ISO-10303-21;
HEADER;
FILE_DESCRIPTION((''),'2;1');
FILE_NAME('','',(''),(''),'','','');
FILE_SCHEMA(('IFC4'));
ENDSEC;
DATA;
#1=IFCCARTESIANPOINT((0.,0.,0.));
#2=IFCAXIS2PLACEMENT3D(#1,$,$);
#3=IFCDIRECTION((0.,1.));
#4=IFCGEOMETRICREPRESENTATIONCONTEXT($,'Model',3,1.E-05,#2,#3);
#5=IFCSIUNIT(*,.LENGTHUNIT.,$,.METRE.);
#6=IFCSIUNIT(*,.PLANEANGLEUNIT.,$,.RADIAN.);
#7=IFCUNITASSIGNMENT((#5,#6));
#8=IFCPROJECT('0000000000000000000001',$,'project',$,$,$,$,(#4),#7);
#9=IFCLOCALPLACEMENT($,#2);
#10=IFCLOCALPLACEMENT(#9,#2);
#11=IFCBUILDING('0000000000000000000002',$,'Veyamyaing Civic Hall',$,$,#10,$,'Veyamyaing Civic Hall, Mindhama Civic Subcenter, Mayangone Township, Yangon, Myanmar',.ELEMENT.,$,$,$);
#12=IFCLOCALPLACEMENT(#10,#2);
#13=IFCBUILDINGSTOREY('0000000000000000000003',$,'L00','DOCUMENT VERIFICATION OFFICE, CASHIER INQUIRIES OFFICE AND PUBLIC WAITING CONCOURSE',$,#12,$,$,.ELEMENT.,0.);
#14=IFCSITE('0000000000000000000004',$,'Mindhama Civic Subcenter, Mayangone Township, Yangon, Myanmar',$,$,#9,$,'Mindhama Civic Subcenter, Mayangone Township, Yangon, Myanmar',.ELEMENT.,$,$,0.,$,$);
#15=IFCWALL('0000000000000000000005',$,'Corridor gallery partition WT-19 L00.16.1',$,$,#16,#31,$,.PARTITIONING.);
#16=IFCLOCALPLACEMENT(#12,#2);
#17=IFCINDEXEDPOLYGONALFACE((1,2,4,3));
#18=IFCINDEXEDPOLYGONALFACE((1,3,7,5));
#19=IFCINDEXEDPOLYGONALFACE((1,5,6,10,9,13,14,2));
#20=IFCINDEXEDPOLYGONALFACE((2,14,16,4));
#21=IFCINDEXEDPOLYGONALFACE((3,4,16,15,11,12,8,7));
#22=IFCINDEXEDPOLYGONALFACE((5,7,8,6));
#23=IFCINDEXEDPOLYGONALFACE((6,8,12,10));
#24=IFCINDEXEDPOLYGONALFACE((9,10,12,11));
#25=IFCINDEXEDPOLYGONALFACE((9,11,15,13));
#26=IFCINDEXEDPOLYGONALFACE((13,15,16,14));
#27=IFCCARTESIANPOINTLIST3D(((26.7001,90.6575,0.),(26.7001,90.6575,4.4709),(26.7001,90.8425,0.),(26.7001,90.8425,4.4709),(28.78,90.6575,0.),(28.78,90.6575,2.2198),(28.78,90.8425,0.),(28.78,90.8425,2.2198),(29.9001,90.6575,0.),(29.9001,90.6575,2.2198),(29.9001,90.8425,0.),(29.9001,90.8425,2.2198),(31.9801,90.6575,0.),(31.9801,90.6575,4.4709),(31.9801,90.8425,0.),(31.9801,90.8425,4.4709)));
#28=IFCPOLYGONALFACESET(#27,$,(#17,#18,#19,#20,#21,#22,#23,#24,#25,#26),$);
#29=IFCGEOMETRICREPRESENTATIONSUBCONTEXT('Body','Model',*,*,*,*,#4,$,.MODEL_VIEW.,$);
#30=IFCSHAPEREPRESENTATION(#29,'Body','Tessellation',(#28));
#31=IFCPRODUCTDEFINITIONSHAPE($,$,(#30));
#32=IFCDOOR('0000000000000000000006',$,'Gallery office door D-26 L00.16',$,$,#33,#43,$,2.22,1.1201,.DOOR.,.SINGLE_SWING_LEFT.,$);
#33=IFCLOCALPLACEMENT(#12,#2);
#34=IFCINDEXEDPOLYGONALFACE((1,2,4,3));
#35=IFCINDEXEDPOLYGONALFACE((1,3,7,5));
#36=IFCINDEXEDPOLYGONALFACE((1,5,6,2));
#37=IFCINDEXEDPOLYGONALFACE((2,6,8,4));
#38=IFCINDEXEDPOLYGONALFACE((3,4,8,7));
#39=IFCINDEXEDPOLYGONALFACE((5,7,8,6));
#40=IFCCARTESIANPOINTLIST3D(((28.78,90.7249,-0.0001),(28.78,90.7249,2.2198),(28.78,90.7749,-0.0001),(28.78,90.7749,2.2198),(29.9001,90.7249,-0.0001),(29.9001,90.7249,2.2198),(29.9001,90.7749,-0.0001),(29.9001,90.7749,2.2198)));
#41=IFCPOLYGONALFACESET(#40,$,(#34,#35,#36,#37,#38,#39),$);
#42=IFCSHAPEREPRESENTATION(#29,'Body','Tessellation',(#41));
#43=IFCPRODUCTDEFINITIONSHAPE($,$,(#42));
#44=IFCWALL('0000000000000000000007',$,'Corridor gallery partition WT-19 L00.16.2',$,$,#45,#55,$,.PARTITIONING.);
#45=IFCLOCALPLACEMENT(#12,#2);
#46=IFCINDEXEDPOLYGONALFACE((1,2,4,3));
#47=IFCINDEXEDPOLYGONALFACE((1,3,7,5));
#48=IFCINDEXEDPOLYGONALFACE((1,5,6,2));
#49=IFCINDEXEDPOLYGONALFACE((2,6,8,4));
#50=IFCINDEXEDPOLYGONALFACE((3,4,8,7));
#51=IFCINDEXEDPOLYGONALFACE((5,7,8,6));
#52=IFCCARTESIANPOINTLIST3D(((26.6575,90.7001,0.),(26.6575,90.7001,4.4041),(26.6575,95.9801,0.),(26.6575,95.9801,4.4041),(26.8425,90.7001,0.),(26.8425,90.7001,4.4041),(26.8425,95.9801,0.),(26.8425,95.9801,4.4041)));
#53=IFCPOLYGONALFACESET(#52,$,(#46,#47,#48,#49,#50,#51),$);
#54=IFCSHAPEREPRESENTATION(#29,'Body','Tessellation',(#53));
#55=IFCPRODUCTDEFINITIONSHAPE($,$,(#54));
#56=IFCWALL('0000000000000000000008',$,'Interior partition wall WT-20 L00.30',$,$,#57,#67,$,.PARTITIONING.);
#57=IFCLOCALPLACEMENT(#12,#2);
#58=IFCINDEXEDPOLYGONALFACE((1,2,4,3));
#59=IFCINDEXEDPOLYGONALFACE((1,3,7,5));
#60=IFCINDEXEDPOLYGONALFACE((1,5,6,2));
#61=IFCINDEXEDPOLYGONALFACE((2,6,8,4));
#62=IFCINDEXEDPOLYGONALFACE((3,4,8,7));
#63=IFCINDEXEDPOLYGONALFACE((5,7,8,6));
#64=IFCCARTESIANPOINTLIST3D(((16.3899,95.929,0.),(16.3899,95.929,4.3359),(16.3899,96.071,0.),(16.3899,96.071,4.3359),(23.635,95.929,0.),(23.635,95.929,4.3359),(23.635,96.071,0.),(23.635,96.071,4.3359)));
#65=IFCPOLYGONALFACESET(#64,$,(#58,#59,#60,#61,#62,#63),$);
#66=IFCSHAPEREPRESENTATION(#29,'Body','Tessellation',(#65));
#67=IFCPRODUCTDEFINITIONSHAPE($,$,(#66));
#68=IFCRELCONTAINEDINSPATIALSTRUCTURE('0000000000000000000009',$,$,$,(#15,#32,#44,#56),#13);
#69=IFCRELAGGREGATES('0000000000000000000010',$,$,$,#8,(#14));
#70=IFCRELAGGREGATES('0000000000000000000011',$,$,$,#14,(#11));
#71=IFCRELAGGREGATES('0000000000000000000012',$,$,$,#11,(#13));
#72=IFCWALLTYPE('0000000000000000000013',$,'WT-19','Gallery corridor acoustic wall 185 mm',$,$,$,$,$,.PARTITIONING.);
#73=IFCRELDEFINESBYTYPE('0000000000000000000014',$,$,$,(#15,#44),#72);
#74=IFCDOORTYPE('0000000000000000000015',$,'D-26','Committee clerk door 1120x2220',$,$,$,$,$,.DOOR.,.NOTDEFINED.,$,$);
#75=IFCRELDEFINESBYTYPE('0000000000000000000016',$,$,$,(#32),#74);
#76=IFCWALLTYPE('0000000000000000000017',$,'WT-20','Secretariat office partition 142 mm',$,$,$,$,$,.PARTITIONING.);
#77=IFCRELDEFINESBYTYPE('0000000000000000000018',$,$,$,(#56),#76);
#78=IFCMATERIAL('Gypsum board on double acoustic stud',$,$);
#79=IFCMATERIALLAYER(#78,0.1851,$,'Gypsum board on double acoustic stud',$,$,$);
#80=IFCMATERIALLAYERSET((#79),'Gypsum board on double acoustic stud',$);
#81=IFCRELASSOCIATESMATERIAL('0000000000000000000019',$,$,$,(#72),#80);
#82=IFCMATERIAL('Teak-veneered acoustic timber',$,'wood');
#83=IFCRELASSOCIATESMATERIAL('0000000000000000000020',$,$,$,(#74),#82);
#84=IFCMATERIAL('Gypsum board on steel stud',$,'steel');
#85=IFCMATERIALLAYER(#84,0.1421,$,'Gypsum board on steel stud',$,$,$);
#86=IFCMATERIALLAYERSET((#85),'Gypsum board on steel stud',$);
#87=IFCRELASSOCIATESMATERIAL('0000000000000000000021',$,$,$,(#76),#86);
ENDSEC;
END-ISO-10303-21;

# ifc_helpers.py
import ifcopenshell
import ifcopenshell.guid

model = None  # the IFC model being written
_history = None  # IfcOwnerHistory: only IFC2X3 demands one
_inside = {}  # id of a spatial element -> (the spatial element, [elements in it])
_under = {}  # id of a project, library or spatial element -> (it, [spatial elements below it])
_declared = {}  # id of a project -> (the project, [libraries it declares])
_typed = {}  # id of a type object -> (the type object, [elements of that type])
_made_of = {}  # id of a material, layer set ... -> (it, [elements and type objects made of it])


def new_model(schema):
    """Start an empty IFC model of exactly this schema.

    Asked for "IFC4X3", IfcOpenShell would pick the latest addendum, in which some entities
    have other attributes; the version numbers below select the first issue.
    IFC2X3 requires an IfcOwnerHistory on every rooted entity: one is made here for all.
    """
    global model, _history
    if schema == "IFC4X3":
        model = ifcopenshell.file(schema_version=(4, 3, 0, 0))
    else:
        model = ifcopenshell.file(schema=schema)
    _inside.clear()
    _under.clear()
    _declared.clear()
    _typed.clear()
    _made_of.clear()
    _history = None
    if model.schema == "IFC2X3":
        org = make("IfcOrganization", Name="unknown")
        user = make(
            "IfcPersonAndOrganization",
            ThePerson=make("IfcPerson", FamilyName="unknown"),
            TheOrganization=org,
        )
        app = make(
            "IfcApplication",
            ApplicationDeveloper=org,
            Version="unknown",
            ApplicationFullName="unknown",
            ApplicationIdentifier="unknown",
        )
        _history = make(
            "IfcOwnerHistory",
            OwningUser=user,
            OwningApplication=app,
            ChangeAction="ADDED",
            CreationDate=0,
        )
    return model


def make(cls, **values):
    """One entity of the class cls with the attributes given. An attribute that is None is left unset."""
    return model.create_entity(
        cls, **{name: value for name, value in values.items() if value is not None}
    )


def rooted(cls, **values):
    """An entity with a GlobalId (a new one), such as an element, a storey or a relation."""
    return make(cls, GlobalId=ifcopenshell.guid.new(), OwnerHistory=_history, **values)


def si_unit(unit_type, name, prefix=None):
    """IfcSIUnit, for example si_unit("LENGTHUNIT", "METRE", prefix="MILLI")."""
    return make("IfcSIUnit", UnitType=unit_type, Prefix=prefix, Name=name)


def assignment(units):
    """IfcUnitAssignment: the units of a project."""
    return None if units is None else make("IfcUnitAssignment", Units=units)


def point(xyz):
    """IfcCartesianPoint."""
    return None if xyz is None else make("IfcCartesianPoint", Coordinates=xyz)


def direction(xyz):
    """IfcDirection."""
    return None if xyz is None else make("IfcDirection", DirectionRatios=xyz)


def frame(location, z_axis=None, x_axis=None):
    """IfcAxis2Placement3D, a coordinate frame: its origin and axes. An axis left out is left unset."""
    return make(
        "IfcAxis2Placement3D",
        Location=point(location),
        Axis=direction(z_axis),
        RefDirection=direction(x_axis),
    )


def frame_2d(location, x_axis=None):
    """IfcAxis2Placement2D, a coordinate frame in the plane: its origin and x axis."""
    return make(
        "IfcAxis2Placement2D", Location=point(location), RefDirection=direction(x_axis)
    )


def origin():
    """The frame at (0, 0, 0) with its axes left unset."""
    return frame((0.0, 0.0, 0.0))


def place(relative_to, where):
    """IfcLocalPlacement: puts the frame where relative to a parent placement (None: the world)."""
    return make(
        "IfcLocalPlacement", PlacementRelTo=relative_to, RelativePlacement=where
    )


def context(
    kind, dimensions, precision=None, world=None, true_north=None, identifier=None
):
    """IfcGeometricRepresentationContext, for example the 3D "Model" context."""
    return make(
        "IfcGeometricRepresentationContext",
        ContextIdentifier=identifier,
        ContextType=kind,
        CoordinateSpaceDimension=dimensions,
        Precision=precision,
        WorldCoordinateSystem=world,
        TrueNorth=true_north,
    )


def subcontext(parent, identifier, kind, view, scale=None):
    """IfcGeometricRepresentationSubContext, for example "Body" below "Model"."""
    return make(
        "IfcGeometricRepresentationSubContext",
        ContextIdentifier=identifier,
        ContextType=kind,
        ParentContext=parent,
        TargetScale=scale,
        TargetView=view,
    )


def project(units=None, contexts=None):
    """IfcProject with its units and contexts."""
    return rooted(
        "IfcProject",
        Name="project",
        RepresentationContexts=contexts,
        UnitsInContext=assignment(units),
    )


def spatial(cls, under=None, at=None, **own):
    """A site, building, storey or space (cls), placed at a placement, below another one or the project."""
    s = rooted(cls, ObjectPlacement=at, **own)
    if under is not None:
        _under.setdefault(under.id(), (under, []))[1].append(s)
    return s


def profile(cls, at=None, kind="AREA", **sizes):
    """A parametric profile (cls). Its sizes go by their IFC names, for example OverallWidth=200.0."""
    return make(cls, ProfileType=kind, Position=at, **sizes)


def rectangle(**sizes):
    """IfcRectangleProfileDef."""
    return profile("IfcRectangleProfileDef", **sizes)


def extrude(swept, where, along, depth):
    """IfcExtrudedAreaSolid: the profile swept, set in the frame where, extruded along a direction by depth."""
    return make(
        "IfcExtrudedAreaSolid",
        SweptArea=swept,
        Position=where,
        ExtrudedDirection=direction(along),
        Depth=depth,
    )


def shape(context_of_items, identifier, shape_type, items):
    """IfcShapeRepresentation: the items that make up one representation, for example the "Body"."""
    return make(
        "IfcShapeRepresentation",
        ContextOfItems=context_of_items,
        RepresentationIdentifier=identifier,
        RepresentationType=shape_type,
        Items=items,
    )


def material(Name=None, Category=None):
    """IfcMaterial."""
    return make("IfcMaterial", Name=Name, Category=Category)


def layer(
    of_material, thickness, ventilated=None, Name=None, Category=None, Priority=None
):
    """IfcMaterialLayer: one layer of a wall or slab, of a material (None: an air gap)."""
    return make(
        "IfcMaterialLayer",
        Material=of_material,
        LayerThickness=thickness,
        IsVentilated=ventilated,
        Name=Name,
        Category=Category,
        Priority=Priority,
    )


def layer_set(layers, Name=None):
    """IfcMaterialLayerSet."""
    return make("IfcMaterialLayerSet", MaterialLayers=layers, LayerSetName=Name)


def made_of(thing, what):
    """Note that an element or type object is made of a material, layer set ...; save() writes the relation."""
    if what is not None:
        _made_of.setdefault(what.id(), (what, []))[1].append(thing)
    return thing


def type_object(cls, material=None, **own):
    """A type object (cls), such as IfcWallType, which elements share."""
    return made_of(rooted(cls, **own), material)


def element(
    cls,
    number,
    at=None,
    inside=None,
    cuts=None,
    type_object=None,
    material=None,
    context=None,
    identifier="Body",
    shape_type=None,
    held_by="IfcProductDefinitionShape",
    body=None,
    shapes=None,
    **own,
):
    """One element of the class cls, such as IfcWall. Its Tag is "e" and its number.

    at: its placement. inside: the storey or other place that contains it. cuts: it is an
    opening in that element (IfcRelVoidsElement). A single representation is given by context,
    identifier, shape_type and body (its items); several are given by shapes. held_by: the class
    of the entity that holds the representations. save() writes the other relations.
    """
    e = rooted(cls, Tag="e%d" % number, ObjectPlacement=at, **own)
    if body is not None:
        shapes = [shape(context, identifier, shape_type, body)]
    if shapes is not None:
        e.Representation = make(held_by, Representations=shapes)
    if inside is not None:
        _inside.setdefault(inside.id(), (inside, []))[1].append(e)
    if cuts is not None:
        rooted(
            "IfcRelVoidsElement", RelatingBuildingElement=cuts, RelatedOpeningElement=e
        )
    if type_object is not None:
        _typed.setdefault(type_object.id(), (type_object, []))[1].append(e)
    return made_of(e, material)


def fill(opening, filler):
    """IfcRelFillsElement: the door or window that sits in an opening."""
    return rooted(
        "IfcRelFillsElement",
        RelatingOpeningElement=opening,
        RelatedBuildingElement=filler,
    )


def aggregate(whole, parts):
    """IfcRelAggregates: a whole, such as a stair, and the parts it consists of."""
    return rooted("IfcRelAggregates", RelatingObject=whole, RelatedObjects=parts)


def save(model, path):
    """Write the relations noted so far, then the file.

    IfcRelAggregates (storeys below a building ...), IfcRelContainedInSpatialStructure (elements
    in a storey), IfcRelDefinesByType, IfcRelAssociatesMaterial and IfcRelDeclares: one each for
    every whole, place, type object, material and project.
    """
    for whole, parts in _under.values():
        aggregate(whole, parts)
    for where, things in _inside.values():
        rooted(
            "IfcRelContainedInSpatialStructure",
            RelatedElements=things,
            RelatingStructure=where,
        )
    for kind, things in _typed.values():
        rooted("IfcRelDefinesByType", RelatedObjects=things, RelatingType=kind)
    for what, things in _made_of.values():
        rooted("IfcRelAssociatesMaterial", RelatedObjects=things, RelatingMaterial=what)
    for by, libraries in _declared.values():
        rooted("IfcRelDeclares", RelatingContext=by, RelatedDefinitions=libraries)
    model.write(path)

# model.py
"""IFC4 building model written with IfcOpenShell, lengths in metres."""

from ifc_helpers import new_model, si_unit, direction, frame, frame_2d, origin, place, context, subcontext, project, spatial, rectangle, extrude, material, layer, layer_set, type_object, element, fill, save


model = new_model("IFC4")

# Units and contexts
model_context = context("Model", 3, precision=1e-05, world=origin(), true_north=direction((0.0, 1.0)))
body_context = subcontext(model_context, "Body", "Model", "MODEL_VIEW")
ifc_project = project(units=[si_unit("LENGTHUNIT", "METRE"), si_unit("PLANEANGLEUNIT", "RADIAN")], contexts=[model_context])

# Site, building, storey
site_placement = place(None, origin())
site = spatial("IfcSite", under=ifc_project, at=site_placement, Name="Mindhama Civic Subcenter, Mayangone Township, Yangon, Myanmar", LongName="Mindhama Civic Subcenter, Mayangone Township, Yangon, Myanmar", CompositionType="ELEMENT", RefElevation=0.0)
building_placement = place(site_placement, origin())
building = spatial("IfcBuilding", under=site, at=building_placement, Name="Veyamyaing Civic Hall", LongName="Veyamyaing Civic Hall, Mindhama Civic Subcenter, Mayangone Township, Yangon, Myanmar", CompositionType="ELEMENT")
storey_placement = place(building_placement, origin())
storey = spatial("IfcBuildingStorey", under=building, at=storey_placement, Name="L00", Description="DOCUMENT VERIFICATION OFFICE, CASHIER INQUIRIES OFFICE AND PUBLIC WAITING CONCOURSE", CompositionType="ELEMENT", Elevation=0.0)

# Shared definitions
ifc_material_1 = material(Name="Teak-veneered acoustic timber", Category="wood")

# Shared definitions
ifc_material_2 = material(Name="Gypsum board on steel stud", Category="steel")

# Wall, opening, door
ifc_material_3 = material(Name="Gypsum board on double acoustic stud")
ifc_layer_1 = layer(ifc_material_3, 0.1851, Name="Gypsum board on double acoustic stud")
ifc_layer_set_1 = layer_set([ifc_layer_1], Name="Gypsum board on double acoustic stud")
wall_type_1 = type_object("IfcWallType", Name="WT-19", Description="Gallery corridor acoustic wall 185 mm", PredefinedType="PARTITIONING", material=ifc_layer_set_1)
wall_1_placement = place(storey_placement, frame((26.7, 90.75, 0.0), z_axis=(0.0, 0.0, 1.0), x_axis=(1.0, 0.0, 0.0)))
wall_1 = element("IfcWall", 1, at=wall_1_placement, inside=storey, type_object=wall_type_1, Name="Corridor gallery partition WT-19 L00.16.1", PredefinedType="PARTITIONING", context=body_context, shape_type="SweptSolid", body=[
    extrude(rectangle(XDim=5.28, YDim=0.1851, at=frame_2d((2.6401, 0.0))), origin(), (0.0, 0.0, 1.0), 4.4709),
])
opening_1_placement = place(wall_1_placement, frame((2.0801, 0.0, 0.0)))
opening_1 = element("IfcOpeningElement", 2, at=opening_1_placement, cuts=wall_1, PredefinedType="OPENING", context=body_context, shape_type="SweptSolid", body=[
    extrude(rectangle(XDim=1.1201, YDim=2.22, at=frame_2d((0.5601, 1.1099))), frame((0.0, 0.1025, 0.0), z_axis=(0.0, -1.0, 0.0), x_axis=(1.0, 0.0, 0.0)), (0.0, 0.0, 1.0), 0.2051),
])
door_type_1 = type_object("IfcDoorType", Name="D-26", Description="Committee clerk door 1120x2220", OperationType="NOTDEFINED", PredefinedType="DOOR", material=ifc_material_1)
door_1_placement = place(opening_1_placement, origin())
door_1 = element("IfcDoor", 3, at=door_1_placement, inside=storey, type_object=door_type_1, Name="Gallery office door D-26 L00.16", OperationType="SINGLE_SWING_LEFT", OverallHeight=2.22, OverallWidth=1.1201, PredefinedType="DOOR", context=body_context, shape_type="SweptSolid", body=[
    extrude(rectangle(XDim=1.1201, YDim=2.22, at=frame_2d((0.5601, 1.1099))), frame((0.0, 0.0249, 0.0), z_axis=(0.0, -1.0, 0.0), x_axis=(1.0, 0.0, 0.0)), (0.0, 0.0, 1.0), 0.05),
])
fill(opening_1, door_1)

# Walls
wall_2_placement = place(storey_placement, frame((26.75, 90.7, 0.0), z_axis=(0.0, 0.0, 1.0), x_axis=(0.0, 1.0, 0.0)))
element("IfcWall", 4, at=wall_2_placement, inside=storey, type_object=wall_type_1, Name="Corridor gallery partition WT-19 L00.16.2", PredefinedType="PARTITIONING", context=body_context, shape_type="SweptSolid", body=[
    extrude(rectangle(XDim=5.28, YDim=0.1851, at=frame_2d((2.6401, 0.0))), origin(), (0.0, 0.0, 1.0), 4.4041),
])
ifc_layer_2 = layer(ifc_material_2, 0.1421, Name="Gypsum board on steel stud")
ifc_layer_set_2 = layer_set([ifc_layer_2], Name="Gypsum board on steel stud")
wall_type_2 = type_object("IfcWallType", Name="WT-20", Description="Secretariat office partition 142 mm", PredefinedType="PARTITIONING", material=ifc_layer_set_2)
wall_3_placement = place(storey_placement, frame((16.3899, 96.0, 0.0), z_axis=(0.0, 0.0, 1.0), x_axis=(1.0, 0.0, 0.0)))
element("IfcWall", 5, at=wall_3_placement, inside=storey, type_object=wall_type_2, Name="Interior partition wall WT-20 L00.30", PredefinedType="PARTITIONING", context=body_context, shape_type="SweptSolid", body=[
    extrude(rectangle(XDim=7.2451, YDim=0.1421, at=frame_2d((3.6226, 0.0))), origin(), (0.0, 0.0, 1.0), 4.3359),
])

save(model, "model.ifc")
